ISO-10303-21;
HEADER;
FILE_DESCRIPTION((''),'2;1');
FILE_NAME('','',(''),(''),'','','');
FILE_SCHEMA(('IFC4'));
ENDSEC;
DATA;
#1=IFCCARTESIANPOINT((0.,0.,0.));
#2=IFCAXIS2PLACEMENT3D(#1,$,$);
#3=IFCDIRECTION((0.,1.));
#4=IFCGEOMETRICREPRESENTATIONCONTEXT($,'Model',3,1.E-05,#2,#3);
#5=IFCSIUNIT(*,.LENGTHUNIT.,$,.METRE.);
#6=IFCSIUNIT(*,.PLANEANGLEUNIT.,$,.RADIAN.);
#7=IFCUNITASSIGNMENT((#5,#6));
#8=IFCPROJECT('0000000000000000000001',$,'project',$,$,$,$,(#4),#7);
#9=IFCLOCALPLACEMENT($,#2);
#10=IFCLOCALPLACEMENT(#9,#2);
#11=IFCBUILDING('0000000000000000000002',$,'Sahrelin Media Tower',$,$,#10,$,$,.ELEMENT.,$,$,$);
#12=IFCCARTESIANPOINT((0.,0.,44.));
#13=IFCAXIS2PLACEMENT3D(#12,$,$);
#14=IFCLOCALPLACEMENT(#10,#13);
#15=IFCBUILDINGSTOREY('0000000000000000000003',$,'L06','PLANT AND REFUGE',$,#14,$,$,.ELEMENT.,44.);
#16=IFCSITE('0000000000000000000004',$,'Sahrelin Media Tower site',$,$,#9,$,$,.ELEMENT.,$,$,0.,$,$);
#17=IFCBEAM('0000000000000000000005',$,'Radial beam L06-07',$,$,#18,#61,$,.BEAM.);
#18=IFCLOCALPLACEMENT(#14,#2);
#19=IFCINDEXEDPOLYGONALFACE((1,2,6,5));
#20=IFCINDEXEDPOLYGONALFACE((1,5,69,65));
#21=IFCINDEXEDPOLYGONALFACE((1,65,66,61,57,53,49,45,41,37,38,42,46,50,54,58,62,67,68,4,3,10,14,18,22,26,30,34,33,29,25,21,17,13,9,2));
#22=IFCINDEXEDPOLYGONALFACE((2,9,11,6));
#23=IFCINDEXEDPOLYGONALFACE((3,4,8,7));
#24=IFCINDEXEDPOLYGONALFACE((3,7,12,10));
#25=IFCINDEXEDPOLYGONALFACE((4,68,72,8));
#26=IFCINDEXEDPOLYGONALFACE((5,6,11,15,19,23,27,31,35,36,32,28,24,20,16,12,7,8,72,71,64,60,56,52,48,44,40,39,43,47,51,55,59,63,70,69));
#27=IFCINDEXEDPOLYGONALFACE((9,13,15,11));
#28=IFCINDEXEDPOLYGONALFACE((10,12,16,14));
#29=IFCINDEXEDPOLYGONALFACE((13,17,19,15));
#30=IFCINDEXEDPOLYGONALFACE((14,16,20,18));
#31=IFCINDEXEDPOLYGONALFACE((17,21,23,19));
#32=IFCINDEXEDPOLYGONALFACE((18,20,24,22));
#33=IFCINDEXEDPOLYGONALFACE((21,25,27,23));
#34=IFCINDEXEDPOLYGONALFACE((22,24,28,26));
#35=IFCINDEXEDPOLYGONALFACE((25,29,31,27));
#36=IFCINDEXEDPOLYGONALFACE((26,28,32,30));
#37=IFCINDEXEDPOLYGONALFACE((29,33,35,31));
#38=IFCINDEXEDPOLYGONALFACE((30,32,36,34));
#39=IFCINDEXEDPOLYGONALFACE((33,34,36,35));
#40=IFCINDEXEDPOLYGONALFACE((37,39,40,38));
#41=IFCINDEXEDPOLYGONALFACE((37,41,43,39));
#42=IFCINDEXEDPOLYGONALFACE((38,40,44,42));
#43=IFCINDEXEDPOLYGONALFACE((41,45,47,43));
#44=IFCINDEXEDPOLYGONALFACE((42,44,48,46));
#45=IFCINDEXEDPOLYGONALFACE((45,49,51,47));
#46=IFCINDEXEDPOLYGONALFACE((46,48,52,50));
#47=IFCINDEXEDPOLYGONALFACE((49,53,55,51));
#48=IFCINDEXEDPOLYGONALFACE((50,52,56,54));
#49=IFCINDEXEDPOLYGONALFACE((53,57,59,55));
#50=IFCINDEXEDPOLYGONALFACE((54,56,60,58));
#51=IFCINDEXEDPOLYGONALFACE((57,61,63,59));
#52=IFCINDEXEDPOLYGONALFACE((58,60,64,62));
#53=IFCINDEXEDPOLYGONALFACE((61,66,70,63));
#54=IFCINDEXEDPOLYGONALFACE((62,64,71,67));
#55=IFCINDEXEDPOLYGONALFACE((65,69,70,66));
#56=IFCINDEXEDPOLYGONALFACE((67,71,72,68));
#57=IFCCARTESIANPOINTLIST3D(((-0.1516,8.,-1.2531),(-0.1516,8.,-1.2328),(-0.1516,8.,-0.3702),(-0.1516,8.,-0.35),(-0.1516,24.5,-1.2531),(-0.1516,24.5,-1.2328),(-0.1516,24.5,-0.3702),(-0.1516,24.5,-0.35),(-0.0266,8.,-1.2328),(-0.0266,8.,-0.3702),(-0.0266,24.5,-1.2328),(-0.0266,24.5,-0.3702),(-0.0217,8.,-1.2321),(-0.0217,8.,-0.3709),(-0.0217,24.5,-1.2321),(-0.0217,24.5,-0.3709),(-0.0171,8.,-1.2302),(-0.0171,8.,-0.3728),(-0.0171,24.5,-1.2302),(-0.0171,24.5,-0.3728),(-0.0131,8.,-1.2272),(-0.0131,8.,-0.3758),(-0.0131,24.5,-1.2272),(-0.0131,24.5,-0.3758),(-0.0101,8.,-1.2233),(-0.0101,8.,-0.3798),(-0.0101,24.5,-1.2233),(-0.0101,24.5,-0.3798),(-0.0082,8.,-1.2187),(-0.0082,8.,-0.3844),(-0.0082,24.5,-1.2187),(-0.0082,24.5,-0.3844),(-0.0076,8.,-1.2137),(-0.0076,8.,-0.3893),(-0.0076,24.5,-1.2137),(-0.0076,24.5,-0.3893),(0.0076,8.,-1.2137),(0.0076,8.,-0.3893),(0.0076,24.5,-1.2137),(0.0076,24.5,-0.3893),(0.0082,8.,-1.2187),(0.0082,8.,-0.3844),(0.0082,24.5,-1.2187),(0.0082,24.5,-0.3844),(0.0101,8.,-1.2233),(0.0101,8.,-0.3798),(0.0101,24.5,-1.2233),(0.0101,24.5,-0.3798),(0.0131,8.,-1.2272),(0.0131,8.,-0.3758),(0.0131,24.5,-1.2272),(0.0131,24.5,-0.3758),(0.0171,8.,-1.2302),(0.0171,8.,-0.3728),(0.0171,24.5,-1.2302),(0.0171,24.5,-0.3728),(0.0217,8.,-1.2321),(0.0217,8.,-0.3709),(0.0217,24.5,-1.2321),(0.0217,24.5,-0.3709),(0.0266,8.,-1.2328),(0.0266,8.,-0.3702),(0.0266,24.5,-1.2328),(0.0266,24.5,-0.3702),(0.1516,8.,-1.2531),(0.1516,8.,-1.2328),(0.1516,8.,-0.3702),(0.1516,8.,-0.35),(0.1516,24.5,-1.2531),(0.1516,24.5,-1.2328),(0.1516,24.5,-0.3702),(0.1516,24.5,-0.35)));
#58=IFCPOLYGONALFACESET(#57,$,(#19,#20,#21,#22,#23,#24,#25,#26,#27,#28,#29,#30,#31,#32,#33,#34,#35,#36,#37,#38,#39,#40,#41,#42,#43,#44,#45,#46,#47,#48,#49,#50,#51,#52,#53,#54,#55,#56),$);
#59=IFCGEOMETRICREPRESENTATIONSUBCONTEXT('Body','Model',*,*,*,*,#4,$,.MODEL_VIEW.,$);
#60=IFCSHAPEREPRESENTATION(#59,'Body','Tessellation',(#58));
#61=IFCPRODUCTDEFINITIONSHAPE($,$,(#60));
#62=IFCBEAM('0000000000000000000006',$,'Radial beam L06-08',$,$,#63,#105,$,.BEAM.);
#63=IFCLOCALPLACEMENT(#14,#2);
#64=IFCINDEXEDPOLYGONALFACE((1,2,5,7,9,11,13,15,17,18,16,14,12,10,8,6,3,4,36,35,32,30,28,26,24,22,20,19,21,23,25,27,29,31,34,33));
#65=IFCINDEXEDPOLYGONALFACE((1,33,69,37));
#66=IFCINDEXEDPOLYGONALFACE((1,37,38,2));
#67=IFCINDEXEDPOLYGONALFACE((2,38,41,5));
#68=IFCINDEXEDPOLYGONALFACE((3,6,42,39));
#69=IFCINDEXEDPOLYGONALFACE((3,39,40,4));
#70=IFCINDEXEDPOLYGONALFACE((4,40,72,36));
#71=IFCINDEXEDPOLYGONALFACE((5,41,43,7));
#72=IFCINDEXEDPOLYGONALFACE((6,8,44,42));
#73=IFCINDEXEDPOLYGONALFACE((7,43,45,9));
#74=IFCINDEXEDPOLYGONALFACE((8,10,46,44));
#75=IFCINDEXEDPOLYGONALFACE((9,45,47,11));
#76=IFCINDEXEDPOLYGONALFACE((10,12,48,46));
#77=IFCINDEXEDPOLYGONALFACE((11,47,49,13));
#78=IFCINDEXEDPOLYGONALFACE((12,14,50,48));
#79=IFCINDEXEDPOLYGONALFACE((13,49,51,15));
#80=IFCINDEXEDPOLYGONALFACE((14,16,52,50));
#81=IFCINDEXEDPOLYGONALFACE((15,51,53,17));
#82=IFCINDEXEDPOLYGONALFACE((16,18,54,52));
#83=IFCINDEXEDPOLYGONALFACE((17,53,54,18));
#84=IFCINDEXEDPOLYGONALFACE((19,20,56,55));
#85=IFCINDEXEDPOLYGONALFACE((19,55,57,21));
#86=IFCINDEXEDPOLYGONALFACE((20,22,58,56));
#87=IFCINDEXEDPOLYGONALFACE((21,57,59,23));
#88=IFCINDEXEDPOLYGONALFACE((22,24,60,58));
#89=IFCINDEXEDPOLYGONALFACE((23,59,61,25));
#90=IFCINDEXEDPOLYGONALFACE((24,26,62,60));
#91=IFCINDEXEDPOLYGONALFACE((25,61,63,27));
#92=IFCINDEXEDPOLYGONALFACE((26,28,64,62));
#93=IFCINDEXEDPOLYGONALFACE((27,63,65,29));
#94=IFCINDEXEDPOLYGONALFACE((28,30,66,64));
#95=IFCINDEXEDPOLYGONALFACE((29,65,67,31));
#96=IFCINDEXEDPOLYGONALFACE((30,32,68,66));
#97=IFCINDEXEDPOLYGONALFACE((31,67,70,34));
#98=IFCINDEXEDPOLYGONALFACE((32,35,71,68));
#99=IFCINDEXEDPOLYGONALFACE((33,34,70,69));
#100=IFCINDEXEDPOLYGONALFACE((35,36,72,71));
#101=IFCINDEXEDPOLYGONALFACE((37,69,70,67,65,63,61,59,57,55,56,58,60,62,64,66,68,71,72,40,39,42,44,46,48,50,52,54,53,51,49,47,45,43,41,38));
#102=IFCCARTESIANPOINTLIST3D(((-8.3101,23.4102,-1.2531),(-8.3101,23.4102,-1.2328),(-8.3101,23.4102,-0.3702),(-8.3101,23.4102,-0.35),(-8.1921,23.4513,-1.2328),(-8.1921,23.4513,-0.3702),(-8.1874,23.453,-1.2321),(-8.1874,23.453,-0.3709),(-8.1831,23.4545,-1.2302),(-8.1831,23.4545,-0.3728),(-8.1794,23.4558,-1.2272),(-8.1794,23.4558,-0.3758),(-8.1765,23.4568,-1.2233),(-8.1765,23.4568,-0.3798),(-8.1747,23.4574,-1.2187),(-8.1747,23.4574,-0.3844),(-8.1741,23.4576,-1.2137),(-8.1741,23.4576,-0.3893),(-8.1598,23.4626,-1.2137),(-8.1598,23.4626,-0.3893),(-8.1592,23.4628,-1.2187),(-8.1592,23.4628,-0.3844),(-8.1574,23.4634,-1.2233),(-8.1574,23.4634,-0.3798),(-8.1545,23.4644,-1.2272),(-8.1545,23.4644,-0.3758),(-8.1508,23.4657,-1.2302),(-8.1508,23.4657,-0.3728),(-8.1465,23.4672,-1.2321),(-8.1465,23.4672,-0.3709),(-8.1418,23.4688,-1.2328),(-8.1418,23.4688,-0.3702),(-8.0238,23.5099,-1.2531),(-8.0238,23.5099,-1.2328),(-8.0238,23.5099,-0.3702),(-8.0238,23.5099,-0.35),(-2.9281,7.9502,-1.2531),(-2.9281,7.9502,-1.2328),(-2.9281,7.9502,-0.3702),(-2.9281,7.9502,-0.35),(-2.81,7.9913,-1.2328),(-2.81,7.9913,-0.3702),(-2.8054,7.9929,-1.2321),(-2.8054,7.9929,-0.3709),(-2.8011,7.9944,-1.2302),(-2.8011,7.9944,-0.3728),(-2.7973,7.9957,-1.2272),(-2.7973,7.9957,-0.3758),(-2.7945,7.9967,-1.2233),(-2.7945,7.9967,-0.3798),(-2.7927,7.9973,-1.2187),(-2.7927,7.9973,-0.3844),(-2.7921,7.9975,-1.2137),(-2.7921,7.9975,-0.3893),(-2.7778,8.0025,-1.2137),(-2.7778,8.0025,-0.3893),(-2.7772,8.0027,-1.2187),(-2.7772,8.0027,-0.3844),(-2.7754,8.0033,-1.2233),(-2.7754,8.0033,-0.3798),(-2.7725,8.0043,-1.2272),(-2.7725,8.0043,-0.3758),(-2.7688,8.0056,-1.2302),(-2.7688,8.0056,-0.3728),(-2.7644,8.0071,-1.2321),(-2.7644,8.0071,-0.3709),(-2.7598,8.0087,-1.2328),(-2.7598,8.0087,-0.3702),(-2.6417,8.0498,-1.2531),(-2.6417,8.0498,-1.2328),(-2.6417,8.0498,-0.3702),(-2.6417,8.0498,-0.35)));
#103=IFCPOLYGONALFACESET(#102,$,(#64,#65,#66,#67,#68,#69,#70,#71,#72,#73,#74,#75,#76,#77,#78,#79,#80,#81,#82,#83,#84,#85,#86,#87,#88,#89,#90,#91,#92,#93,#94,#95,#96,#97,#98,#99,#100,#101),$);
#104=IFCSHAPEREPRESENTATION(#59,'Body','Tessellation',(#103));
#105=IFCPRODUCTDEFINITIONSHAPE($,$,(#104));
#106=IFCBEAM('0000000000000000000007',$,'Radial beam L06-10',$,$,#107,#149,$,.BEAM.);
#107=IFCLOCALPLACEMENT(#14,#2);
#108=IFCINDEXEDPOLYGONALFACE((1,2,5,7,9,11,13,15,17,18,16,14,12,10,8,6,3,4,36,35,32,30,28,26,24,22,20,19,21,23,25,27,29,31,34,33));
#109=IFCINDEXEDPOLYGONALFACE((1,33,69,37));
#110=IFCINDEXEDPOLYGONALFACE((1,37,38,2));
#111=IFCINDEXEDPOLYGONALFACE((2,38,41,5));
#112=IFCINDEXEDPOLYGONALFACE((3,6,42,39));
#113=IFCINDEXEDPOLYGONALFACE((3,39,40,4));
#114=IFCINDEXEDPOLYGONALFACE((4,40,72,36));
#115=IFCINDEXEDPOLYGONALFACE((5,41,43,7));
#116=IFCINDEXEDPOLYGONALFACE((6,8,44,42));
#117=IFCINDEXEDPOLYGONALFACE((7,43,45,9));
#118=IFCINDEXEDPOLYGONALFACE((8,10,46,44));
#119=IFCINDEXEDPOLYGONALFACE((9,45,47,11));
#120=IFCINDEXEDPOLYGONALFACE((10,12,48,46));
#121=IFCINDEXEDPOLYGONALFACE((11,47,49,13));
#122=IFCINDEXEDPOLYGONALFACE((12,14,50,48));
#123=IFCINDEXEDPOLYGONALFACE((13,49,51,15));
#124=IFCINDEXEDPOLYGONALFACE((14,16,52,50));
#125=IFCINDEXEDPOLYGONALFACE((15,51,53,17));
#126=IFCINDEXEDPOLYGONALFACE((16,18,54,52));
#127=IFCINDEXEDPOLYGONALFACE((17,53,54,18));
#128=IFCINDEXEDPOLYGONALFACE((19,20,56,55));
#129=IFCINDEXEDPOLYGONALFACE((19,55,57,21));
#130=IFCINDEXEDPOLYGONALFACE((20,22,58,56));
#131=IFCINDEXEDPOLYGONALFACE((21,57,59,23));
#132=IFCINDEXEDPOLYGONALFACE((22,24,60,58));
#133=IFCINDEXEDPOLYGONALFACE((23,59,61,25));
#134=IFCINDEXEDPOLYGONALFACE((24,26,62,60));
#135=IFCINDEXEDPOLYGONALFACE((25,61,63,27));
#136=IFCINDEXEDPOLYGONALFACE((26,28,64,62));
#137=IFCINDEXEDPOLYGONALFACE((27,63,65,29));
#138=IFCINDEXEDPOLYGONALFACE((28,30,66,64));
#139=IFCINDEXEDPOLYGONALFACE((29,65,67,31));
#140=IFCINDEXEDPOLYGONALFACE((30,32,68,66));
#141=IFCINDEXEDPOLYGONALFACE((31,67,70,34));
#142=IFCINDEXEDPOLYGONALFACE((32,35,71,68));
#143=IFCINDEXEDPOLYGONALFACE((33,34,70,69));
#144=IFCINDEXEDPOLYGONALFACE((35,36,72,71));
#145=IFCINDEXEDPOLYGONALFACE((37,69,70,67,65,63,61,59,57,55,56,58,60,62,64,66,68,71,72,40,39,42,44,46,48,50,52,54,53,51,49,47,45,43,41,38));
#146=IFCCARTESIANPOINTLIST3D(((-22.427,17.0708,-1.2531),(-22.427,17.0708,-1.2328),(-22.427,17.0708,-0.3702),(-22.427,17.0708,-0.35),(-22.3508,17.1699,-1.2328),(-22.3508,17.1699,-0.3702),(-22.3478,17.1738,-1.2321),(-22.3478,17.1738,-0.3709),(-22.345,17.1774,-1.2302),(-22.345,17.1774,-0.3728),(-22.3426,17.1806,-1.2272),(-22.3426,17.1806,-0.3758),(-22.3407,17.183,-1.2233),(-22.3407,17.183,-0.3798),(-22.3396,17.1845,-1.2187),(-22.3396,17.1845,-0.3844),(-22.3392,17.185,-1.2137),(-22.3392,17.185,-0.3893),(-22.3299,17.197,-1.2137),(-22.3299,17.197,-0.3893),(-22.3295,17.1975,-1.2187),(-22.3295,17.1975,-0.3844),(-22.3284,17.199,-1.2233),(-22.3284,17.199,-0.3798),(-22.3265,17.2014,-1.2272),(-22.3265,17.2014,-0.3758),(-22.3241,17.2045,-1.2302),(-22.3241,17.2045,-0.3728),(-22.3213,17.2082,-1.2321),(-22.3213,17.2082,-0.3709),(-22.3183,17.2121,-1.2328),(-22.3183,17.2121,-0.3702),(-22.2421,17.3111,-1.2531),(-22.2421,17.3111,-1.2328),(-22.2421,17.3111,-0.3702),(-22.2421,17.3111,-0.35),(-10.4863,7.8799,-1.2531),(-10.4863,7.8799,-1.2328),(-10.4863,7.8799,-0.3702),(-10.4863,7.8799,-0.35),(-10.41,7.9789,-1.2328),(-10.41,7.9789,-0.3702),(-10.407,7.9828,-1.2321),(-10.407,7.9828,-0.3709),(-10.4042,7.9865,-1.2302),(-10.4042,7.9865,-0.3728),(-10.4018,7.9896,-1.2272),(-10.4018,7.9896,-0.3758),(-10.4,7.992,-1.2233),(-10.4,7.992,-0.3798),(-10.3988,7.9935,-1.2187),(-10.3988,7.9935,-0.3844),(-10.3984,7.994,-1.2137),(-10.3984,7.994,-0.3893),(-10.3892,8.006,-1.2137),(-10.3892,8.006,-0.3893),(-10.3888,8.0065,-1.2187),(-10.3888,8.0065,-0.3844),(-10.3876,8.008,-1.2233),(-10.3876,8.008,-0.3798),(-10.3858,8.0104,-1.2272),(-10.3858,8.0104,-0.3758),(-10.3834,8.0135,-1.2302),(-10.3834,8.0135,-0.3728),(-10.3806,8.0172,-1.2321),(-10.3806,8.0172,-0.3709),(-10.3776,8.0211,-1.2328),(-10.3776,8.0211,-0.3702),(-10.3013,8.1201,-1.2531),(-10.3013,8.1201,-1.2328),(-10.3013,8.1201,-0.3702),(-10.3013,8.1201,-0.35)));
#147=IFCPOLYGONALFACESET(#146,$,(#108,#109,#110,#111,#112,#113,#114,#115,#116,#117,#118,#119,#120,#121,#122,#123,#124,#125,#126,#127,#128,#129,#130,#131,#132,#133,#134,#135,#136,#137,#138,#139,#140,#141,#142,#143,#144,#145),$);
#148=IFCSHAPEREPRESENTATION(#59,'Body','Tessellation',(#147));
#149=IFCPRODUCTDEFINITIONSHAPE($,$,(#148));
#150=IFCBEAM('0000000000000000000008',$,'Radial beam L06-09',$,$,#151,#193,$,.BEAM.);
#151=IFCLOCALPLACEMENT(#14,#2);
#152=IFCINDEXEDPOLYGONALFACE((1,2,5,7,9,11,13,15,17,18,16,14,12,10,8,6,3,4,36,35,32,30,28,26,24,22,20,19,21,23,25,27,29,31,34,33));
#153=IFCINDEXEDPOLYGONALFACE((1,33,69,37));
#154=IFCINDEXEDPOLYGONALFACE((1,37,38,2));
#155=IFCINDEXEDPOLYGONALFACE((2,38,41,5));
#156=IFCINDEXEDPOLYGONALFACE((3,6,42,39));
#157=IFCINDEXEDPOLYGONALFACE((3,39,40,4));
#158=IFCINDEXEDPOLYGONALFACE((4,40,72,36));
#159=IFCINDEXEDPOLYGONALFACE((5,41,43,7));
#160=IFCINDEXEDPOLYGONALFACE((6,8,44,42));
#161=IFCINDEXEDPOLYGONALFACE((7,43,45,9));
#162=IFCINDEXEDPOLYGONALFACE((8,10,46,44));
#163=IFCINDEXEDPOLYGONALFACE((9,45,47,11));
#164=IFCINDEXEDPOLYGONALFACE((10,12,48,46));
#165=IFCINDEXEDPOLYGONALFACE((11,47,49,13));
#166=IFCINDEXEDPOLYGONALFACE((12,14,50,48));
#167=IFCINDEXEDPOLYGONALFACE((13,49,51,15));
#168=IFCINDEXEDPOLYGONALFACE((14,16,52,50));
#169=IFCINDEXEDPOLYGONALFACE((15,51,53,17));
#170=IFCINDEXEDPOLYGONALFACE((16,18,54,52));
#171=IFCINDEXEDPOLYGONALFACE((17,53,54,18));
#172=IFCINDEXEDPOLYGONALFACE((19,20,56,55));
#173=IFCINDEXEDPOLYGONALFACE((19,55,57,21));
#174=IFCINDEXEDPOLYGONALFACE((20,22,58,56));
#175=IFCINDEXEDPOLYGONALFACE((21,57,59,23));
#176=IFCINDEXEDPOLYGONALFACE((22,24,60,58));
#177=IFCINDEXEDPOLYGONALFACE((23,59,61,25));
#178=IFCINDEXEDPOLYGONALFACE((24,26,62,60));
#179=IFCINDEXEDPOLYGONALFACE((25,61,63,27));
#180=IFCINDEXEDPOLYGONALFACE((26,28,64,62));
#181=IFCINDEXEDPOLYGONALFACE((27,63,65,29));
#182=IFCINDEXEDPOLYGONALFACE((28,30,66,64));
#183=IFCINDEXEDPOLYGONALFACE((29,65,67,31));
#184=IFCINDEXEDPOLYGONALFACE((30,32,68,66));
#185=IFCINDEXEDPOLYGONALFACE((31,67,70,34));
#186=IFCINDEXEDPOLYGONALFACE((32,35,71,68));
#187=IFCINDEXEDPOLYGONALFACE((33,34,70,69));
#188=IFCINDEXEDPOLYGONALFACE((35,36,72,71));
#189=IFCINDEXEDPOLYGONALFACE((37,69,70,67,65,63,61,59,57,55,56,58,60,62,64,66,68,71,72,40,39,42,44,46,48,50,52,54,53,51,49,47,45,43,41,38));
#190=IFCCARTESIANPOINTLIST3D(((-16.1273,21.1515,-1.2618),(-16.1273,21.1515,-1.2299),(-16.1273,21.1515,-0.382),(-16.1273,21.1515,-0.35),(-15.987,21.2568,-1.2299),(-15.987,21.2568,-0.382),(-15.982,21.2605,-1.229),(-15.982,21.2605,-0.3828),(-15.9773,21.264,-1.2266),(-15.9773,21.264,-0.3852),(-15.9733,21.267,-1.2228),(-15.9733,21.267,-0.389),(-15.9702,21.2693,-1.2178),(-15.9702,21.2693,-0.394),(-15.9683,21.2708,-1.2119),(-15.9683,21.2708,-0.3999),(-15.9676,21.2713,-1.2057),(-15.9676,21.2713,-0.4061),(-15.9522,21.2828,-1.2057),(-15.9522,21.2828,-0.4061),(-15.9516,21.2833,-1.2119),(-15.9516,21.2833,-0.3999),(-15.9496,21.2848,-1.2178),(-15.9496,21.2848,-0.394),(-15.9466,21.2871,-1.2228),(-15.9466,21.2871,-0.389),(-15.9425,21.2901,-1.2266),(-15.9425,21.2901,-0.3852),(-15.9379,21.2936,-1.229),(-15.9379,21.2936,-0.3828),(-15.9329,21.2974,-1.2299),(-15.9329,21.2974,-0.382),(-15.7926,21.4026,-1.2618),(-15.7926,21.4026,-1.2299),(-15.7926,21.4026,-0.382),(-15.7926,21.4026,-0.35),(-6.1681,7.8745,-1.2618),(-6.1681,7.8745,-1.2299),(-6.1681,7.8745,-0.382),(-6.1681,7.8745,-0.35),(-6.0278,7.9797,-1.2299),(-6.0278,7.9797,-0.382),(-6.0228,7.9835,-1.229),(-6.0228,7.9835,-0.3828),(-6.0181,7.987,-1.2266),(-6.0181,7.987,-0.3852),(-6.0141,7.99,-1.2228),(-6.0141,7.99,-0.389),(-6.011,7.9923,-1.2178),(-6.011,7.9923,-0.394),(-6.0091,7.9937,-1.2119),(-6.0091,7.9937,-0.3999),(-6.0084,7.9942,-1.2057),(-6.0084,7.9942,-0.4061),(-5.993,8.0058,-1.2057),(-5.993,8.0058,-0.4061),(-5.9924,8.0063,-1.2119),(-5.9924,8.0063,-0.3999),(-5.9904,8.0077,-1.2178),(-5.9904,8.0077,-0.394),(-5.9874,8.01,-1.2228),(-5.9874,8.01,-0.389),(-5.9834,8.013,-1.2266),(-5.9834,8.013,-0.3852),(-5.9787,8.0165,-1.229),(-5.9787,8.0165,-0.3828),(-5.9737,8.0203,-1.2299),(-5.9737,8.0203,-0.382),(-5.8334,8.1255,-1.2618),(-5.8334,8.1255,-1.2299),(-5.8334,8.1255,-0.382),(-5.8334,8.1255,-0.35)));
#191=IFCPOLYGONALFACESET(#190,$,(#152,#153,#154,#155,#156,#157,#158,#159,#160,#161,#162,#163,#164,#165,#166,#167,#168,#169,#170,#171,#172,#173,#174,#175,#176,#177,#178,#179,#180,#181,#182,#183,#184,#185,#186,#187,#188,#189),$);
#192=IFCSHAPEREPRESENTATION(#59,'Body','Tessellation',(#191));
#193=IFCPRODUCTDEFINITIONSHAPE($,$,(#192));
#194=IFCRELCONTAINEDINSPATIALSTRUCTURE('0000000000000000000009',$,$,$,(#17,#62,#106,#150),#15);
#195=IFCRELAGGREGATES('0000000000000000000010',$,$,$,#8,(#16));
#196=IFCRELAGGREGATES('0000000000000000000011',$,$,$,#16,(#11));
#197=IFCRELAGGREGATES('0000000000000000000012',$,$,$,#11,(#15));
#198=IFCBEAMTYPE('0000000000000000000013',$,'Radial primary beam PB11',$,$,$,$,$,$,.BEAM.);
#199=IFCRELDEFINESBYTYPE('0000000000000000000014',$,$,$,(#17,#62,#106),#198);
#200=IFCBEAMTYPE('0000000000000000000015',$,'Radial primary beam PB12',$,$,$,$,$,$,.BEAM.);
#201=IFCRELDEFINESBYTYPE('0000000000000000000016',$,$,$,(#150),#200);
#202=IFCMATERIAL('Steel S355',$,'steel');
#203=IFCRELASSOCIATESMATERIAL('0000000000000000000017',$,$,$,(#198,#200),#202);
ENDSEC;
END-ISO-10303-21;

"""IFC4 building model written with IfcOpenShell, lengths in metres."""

from ifc_helpers import new_model, si_unit, direction, frame, origin, origin_2d, place, context, subcontext, project, spatial, i_section, extrude, material, material_profile, profile_set, type_object, element, save


model = new_model("IFC4")

# Units and contexts
model_context = context("Model", 3, precision=1e-05, world=origin(), true_north=direction((0.0, 1.0)))
body_context = subcontext(model_context, "Body", "Model", "MODEL_VIEW")
ifc_project = project(units=[si_unit("LENGTHUNIT", "METRE"), si_unit("PLANEANGLEUNIT", "RADIAN")], contexts=[model_context])

# Site, building, storey
site_placement = place(None, origin())
site = spatial("IfcSite", under=ifc_project, at=site_placement, Name="Sahrelin Media Tower site", CompositionType="ELEMENT", RefElevation=0.0)
building_placement = place(site_placement, origin())
building = spatial("IfcBuilding", under=site, at=building_placement, Name="Sahrelin Media Tower", CompositionType="ELEMENT")
storey_placement = place(building_placement, frame((0.0, 0.0, 44.0)))
storey = spatial("IfcBuildingStorey", under=building, at=storey_placement, Name="L06", Description="PLANT AND REFUGE", CompositionType="ELEMENT", Elevation=44.0)

# Beams
ifc_material_1 = material(Name="Steel S355", Category="steel")
ifc_material_profile_1 = material_profile(ifc_material_1, i_section(OverallWidth=0.3032, OverallDepth=0.9031, WebThickness=0.0151, FlangeThickness=0.0203, FilletRadius=0.019, at=origin_2d()), Name="UB 914x305x201")
ifc_profile_set_1 = profile_set([ifc_material_profile_1], Name="Steel S355")
beam_type_1 = type_object("IfcBeamType", Name="Radial primary beam PB11", PredefinedType="BEAM", material=ifc_profile_set_1)
beam_1_placement = place(storey_placement, frame((0.0, 8.0, -0.8015), z_axis=(0.0, 1.0, 0.0), x_axis=(-1.0, 0.0, 0.0)))
element("IfcBeam", 1, at=beam_1_placement, inside=storey, type_object=beam_type_1, Name="Radial beam L06-07", PredefinedType="BEAM", context=body_context, shape_type="SweptSolid", body=[
    extrude(i_section(OverallWidth=0.3032, OverallDepth=0.9031, WebThickness=0.0151, FlangeThickness=0.0203, FilletRadius=0.019, at=origin_2d()), origin(), (0.0, 0.0, 1.0), 16.5),
])
beam_2_placement = place(storey_placement, frame((-2.7849, 8.0, -0.8015), z_axis=(-0.328772, 0.944409, 0.0), x_axis=(-0.944409, -0.328772, 0.0)))
element("IfcBeam", 2, at=beam_2_placement, inside=storey, type_object=beam_type_1, Name="Radial beam L06-08", PredefinedType="BEAM", context=body_context, shape_type="SweptSolid", body=[
    extrude(i_section(OverallWidth=0.3032, OverallDepth=0.9031, WebThickness=0.0151, FlangeThickness=0.0203, FilletRadius=0.019, at=origin_2d()), origin(), (0.0, 0.0, 1.0), 16.3701),
])
beam_3_placement = place(storey_placement, frame((-10.3938, 8.0, -0.8015), z_axis=(-0.792438, 0.609952, 0.0), x_axis=(-0.609952, -0.792438, 0.0)))
element("IfcBeam", 3, at=beam_3_placement, inside=storey, type_object=beam_type_1, Name="Radial beam L06-10", PredefinedType="BEAM", context=body_context, shape_type="SweptSolid", body=[
    extrude(i_section(OverallWidth=0.3032, OverallDepth=0.9031, WebThickness=0.0151, FlangeThickness=0.0203, FilletRadius=0.019, at=origin_2d()), origin(), (0.0, 0.0, 1.0), 15.0684),
])
ifc_material_profile_2 = material_profile(ifc_material_1, i_section(OverallWidth=0.4185, OverallDepth=0.9119, WebThickness=0.0193, FlangeThickness=0.032, FilletRadius=0.0242, at=origin_2d()), Name="UB 914x419x343")
ifc_profile_set_2 = profile_set([ifc_material_profile_2], Name="Steel S355")
beam_type_2 = type_object("IfcBeamType", Name="Radial primary beam PB12", PredefinedType="BEAM", material=ifc_profile_set_2)
beam_4_placement = place(storey_placement, frame((-6.0007, 8.0, -0.8059), z_axis=(-0.600054, 0.799959, 0.0), x_axis=(-0.799959, -0.600054, 0.0)))
element("IfcBeam", 4, at=beam_4_placement, inside=storey, type_object=beam_type_2, Name="Radial beam L06-09", PredefinedType="BEAM", context=body_context, shape_type="SweptSolid", body=[
    extrude(i_section(OverallWidth=0.4185, OverallDepth=0.9119, WebThickness=0.0193, FlangeThickness=0.032, FilletRadius=0.0242, at=origin_2d()), origin(), (0.0, 0.0, 1.0), 16.5972),
])

save(model, "model.ifc")
